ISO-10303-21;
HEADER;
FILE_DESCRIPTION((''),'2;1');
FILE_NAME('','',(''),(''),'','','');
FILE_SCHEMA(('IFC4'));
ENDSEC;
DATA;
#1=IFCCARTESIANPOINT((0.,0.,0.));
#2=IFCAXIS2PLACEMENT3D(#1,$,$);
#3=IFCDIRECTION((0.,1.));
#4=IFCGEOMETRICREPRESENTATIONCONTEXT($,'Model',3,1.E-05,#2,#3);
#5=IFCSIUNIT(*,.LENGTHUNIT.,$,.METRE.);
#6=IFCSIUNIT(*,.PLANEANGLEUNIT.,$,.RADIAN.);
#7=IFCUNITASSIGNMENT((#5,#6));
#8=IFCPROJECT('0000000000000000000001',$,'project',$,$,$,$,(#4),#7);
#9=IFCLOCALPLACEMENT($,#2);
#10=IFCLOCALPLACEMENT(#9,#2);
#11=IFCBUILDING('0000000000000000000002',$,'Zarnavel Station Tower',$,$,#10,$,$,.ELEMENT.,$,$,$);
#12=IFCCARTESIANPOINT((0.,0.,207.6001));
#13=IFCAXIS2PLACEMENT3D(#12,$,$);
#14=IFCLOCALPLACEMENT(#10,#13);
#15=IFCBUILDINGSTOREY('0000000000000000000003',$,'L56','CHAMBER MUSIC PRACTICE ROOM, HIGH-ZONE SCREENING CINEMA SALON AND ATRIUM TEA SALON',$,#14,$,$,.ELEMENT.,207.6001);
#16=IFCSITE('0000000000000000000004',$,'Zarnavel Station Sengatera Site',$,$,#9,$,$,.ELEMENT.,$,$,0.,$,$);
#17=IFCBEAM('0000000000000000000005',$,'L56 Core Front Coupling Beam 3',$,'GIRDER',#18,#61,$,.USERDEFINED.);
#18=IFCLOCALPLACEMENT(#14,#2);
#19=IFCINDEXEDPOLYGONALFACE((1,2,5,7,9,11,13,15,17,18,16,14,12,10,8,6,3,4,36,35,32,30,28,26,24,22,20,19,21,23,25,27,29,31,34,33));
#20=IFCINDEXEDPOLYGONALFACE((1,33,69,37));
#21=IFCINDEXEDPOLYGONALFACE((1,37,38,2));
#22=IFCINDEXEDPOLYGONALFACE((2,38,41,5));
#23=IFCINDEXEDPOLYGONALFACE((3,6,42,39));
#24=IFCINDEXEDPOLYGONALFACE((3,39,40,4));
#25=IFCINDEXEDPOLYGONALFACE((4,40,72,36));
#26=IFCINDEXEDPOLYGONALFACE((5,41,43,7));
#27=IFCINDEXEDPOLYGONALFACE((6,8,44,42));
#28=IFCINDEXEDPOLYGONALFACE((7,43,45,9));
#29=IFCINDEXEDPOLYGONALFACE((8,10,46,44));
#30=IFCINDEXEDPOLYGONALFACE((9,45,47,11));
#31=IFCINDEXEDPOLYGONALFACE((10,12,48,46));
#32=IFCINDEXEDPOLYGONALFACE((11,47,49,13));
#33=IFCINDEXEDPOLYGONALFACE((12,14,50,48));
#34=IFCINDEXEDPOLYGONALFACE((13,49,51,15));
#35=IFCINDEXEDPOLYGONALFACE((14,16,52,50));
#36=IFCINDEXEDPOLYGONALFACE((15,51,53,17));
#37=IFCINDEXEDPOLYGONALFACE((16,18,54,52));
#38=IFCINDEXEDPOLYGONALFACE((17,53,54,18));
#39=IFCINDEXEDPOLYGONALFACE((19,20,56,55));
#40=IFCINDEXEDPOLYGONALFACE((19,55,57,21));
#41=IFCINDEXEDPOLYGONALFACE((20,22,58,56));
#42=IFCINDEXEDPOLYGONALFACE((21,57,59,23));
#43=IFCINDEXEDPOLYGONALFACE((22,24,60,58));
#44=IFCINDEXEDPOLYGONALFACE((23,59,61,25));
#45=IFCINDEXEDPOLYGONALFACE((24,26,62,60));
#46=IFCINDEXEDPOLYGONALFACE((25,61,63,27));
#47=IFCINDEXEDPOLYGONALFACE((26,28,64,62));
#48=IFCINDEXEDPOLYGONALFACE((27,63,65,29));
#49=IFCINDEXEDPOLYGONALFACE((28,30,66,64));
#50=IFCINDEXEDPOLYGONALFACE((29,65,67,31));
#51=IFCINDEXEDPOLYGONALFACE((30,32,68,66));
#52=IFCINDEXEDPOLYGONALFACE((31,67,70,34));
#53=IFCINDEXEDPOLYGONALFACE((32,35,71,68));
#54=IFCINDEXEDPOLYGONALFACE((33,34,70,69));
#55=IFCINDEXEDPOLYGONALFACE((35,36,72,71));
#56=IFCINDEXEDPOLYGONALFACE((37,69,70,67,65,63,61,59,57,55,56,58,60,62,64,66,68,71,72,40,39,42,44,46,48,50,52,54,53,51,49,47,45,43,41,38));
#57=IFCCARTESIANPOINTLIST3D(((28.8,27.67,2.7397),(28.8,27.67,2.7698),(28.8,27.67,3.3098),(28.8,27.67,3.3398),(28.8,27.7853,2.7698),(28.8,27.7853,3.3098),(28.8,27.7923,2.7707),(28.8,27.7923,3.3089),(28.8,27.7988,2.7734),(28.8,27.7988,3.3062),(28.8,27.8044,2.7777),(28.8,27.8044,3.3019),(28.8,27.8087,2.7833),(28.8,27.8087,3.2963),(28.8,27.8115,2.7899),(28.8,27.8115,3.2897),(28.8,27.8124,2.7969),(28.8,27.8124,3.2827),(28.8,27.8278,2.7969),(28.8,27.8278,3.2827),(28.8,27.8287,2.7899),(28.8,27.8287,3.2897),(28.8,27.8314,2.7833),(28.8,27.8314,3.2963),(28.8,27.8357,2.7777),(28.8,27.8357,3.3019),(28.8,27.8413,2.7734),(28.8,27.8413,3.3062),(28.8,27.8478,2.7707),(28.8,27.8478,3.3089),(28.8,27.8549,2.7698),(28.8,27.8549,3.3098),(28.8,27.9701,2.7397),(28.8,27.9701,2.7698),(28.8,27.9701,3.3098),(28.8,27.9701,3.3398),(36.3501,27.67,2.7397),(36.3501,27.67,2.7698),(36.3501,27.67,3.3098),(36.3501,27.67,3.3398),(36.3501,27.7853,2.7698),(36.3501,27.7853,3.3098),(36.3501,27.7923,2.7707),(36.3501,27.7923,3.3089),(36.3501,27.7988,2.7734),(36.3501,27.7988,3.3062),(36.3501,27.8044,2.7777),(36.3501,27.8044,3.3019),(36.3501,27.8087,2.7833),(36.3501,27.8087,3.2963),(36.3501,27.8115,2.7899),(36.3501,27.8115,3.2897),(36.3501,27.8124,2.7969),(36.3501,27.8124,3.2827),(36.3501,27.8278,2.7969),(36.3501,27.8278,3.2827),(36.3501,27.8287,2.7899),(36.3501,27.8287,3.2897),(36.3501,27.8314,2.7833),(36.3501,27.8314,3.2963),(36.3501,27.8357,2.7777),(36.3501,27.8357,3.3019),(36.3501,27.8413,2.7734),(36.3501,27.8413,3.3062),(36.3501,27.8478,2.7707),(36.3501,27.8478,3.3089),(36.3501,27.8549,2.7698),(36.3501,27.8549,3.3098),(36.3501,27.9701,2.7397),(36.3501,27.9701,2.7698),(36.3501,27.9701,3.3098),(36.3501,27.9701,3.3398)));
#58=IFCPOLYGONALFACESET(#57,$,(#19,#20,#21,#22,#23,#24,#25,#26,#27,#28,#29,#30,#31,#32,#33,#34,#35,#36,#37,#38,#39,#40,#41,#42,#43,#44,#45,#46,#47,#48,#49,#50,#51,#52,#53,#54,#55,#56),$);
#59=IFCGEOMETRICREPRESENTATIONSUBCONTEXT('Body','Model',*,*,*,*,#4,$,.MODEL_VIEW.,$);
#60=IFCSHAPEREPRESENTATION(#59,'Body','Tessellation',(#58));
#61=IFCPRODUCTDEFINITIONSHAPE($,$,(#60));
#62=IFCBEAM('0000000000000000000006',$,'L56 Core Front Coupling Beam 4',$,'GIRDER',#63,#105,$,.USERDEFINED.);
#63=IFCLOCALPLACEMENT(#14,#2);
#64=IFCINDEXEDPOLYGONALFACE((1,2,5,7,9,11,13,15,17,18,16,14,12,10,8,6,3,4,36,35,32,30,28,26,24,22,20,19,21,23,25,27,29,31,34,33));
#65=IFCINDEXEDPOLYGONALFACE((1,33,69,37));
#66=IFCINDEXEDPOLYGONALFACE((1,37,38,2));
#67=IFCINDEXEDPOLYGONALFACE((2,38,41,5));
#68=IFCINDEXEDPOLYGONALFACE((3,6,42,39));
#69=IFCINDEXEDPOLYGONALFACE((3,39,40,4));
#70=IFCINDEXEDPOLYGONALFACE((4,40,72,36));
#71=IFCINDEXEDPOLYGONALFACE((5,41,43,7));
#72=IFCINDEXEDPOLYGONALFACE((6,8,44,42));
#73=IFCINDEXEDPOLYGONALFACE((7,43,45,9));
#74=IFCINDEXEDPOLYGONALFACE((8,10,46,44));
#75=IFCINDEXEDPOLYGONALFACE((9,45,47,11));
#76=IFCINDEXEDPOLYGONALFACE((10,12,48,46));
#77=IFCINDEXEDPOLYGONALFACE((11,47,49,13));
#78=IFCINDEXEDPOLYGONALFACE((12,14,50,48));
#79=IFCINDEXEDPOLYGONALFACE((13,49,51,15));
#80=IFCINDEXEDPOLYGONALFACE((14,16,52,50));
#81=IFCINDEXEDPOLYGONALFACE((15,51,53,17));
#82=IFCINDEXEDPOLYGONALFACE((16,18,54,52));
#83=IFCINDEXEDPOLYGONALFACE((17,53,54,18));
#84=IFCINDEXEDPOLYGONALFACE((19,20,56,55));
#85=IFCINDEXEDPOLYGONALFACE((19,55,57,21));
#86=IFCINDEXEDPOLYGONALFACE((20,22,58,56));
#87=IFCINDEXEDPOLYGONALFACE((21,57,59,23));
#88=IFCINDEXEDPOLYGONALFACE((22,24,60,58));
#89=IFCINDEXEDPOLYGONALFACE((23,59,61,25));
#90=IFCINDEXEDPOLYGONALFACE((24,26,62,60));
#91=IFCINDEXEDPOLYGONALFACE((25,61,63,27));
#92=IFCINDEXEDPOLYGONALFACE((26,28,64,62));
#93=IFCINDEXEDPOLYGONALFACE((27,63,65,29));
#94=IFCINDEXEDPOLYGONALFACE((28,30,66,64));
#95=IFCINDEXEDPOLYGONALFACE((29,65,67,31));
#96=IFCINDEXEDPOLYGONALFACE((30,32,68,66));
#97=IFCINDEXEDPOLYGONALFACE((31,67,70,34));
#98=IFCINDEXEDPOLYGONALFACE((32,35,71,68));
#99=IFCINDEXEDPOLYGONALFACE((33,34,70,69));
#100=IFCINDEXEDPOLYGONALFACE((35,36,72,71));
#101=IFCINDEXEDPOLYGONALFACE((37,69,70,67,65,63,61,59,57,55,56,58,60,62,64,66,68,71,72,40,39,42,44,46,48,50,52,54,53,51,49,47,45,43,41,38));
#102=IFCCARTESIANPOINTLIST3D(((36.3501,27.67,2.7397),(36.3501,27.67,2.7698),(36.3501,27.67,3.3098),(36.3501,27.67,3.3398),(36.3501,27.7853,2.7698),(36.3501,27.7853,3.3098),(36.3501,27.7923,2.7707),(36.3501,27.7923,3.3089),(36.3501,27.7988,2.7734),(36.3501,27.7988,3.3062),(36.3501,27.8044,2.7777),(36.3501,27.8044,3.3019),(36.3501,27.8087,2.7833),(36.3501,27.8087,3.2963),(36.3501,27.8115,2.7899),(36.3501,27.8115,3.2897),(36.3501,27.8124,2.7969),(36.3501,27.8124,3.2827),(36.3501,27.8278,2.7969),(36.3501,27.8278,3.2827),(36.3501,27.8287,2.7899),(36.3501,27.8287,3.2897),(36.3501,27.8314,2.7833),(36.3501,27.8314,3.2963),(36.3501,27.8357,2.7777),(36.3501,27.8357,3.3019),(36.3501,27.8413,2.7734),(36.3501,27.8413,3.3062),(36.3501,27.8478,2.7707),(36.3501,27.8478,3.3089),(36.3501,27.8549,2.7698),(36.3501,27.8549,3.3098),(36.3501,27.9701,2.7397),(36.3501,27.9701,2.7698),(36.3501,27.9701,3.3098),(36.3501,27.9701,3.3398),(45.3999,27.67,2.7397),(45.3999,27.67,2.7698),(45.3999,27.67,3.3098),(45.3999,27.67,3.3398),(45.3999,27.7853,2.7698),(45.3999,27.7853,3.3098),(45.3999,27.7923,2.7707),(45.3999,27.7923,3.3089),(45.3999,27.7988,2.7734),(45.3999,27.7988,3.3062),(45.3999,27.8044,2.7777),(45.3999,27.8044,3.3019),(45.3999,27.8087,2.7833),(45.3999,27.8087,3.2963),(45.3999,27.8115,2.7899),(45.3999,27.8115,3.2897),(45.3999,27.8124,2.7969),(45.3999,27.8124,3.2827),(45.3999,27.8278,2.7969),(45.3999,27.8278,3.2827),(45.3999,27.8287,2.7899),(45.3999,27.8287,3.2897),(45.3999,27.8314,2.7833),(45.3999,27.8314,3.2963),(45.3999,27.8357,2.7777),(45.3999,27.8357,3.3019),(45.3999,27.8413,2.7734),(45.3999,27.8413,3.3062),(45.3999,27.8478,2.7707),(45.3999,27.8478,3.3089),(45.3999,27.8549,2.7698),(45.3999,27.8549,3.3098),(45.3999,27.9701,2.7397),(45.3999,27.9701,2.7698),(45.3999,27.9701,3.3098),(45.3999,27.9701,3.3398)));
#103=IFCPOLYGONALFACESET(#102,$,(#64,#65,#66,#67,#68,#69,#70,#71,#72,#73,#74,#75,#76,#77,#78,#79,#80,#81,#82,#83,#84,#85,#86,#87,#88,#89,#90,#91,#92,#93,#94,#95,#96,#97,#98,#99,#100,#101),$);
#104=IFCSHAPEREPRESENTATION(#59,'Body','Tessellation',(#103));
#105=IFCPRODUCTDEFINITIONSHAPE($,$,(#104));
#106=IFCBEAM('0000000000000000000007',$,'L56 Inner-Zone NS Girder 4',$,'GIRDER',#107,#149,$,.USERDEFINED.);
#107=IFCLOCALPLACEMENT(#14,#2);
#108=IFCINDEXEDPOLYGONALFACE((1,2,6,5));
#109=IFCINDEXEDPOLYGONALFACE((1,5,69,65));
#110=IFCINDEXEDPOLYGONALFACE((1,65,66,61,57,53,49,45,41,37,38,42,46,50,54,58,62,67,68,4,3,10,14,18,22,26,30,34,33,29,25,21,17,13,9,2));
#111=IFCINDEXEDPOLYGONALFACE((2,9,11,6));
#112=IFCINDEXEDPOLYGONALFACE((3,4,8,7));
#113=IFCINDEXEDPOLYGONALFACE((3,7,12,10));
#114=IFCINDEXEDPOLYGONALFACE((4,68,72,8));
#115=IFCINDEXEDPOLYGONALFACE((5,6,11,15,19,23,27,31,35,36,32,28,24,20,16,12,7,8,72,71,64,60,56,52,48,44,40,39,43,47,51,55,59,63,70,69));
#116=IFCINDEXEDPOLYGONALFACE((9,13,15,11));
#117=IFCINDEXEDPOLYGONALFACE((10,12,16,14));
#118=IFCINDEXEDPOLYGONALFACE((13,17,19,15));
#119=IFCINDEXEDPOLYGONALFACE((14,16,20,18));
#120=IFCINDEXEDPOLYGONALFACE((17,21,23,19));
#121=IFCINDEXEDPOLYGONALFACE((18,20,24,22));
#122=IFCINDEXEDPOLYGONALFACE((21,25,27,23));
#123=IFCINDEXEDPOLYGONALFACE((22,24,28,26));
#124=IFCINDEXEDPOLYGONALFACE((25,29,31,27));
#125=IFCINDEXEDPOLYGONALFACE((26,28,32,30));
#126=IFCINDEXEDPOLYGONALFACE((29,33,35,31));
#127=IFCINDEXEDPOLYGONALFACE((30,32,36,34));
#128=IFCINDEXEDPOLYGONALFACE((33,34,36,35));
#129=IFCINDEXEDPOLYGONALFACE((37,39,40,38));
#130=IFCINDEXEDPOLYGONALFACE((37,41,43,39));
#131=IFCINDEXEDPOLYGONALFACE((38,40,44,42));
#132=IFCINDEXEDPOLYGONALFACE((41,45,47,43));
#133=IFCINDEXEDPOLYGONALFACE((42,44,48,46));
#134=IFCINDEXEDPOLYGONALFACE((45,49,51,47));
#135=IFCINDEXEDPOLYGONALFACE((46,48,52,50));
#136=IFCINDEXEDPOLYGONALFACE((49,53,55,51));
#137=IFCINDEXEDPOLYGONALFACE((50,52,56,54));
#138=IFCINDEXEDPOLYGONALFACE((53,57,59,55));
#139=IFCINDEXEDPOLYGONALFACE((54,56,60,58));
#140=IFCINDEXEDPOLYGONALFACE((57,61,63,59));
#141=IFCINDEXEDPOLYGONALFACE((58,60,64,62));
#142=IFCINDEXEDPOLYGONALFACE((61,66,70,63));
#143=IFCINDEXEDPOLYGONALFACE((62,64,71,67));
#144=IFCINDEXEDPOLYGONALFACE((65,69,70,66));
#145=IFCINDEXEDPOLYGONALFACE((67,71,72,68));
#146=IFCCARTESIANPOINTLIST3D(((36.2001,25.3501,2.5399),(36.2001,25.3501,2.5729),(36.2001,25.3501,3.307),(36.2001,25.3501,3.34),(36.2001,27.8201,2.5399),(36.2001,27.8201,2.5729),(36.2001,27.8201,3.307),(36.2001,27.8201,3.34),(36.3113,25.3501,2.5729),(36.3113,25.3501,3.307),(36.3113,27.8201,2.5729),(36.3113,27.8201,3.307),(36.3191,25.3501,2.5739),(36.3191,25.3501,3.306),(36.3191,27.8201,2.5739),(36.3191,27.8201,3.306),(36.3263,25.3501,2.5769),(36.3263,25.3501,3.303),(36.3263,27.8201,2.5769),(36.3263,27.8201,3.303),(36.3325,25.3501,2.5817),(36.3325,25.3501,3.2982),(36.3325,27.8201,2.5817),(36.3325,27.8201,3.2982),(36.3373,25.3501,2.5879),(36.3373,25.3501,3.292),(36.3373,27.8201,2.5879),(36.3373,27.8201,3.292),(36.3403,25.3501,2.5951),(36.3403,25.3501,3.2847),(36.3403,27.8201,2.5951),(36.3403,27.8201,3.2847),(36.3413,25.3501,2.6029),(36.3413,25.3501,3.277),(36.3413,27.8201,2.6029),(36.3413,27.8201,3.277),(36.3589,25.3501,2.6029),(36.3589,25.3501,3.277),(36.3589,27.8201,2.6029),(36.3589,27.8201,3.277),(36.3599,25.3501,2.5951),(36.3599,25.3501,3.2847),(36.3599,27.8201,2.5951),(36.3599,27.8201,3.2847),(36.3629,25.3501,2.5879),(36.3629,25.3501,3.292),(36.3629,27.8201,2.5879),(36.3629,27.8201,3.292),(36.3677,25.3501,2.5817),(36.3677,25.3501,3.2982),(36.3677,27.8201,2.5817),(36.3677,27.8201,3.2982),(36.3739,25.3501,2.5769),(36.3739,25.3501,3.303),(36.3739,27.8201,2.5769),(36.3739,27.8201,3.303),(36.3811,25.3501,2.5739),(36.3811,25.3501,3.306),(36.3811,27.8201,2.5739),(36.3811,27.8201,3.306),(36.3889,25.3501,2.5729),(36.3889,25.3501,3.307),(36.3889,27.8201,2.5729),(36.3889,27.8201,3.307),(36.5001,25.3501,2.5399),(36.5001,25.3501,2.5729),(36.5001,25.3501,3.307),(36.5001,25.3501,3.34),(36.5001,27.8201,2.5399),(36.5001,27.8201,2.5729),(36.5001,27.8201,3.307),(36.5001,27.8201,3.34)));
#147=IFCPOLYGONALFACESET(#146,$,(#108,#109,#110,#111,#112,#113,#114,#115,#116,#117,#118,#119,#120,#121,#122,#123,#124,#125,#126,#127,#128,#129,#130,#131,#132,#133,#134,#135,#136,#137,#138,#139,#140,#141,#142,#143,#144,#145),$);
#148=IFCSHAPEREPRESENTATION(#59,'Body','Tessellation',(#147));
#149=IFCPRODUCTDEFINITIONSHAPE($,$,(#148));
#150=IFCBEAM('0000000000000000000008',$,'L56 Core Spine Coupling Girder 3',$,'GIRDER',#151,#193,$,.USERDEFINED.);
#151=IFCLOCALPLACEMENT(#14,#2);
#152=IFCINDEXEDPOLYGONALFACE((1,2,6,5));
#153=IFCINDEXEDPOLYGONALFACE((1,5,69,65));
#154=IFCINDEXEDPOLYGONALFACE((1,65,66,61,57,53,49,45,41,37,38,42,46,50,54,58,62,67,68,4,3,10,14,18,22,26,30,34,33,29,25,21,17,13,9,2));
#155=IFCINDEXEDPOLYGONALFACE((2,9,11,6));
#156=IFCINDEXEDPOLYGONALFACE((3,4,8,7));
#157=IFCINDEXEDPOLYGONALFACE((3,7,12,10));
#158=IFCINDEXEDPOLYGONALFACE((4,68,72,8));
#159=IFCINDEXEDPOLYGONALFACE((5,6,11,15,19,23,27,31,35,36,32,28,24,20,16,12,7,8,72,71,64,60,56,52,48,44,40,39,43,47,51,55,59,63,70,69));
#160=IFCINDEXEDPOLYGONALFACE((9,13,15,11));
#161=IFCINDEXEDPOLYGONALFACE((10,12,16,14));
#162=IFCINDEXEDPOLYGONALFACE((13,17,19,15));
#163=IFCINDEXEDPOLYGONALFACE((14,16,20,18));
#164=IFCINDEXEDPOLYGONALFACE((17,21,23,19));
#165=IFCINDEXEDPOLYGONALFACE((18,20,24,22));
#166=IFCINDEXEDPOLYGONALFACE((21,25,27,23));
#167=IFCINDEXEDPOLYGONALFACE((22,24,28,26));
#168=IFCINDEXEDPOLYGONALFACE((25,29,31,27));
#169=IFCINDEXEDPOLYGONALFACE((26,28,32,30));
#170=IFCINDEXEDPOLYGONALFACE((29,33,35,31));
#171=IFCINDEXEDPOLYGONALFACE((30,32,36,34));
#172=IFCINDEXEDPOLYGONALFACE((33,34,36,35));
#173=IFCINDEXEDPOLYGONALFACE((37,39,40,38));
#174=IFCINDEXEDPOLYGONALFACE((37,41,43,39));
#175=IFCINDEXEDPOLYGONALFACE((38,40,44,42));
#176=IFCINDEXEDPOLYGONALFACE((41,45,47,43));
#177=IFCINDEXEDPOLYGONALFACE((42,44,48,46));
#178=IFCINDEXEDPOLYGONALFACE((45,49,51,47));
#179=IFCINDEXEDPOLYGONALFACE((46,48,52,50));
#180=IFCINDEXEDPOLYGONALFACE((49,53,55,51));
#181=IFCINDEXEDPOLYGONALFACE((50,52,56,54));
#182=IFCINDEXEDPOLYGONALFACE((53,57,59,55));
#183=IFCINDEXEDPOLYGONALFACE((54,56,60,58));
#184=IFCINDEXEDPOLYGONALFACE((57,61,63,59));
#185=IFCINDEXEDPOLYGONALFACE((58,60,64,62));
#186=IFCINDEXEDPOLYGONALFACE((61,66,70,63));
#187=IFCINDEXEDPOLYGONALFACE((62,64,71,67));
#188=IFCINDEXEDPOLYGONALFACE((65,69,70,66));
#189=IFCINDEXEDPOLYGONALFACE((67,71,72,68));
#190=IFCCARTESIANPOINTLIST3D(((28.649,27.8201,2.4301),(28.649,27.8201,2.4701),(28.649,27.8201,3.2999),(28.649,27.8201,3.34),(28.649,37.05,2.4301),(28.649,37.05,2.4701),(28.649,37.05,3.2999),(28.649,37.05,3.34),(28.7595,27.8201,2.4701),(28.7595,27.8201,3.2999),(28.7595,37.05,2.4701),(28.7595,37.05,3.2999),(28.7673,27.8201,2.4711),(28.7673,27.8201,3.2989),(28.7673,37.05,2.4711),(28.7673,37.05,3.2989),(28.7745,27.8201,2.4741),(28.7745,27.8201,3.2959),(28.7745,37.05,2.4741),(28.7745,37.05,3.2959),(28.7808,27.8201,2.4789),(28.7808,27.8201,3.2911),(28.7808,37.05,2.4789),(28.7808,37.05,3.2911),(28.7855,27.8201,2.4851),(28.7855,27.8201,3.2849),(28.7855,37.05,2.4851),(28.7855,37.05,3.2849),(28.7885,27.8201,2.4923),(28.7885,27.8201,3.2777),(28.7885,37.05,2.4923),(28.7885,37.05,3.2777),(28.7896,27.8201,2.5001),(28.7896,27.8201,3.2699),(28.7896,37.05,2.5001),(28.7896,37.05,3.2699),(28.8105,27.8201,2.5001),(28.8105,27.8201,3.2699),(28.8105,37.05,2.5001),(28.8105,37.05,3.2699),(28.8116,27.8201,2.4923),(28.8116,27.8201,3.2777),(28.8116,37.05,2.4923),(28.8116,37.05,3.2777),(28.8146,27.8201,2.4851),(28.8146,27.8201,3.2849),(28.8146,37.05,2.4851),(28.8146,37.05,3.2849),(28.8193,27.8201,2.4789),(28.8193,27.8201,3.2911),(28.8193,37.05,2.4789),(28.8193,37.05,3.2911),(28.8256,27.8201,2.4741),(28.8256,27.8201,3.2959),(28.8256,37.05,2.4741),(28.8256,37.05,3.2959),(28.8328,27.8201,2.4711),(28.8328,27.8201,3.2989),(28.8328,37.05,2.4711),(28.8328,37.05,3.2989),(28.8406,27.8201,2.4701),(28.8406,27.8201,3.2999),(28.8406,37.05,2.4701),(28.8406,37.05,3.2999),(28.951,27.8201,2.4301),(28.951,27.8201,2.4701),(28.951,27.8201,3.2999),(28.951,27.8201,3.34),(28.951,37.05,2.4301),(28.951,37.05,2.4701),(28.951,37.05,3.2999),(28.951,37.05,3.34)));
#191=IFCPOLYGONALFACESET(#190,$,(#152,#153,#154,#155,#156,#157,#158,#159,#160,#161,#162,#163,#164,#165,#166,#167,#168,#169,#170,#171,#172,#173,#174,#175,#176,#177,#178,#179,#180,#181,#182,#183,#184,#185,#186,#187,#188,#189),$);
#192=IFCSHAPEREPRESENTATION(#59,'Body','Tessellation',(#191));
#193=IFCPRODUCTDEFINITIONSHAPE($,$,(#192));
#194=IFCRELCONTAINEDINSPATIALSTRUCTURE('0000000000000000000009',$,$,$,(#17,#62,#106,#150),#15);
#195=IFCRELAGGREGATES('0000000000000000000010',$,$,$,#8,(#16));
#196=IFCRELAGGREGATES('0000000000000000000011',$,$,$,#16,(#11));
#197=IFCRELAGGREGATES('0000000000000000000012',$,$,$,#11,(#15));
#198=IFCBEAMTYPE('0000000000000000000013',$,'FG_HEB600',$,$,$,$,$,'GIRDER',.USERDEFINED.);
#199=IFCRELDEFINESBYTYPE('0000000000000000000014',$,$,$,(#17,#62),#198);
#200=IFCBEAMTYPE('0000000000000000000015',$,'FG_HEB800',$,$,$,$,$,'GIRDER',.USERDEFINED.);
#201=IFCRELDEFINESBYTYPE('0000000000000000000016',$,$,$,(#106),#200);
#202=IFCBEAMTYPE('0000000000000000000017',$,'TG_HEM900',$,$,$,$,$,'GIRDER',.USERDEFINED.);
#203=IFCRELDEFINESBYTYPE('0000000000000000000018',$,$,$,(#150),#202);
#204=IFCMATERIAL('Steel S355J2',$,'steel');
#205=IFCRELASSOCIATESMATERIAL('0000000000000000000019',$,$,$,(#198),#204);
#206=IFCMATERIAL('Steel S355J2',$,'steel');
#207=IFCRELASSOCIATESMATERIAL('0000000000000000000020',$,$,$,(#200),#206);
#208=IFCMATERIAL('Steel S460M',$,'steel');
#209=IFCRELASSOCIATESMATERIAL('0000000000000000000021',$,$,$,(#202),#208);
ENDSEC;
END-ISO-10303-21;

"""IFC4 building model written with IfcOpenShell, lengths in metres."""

from ifc_helpers import new_model, si_unit, direction, frame, origin, origin_2d, place, context, subcontext, project, spatial, i_section, extrude, material, material_profile, profile_set, type_object, element, save


model = new_model("IFC4")

# Units and contexts
model_context = context("Model", 3, precision=1e-05, world=origin(), true_north=direction((0.0, 1.0)))
body_context = subcontext(model_context, "Body", "Model", "MODEL_VIEW")
ifc_project = project(units=[si_unit("LENGTHUNIT", "METRE"), si_unit("PLANEANGLEUNIT", "RADIAN")], contexts=[model_context])

# Site, building, storey
site_placement = place(None, origin())
site = spatial("IfcSite", under=ifc_project, at=site_placement, Name="Zarnavel Station Sengatera Site", CompositionType="ELEMENT", RefElevation=0.0)
building_placement = place(site_placement, origin())
building = spatial("IfcBuilding", under=site, at=building_placement, Name="Zarnavel Station Tower", CompositionType="ELEMENT")
storey_placement = place(building_placement, frame((0.0, 0.0, 207.6001)))
storey = spatial("IfcBuildingStorey", under=building, at=storey_placement, Name="L56", Description="CHAMBER MUSIC PRACTICE ROOM, HIGH-ZONE SCREENING CINEMA SALON AND ATRIUM TEA SALON", CompositionType="ELEMENT", Elevation=207.6001)

# Beams
ifc_material_1 = material(Name="Steel S355J2", Category="steel")
ifc_material_profile_1 = material_profile(ifc_material_1, i_section(OverallWidth=0.3, OverallDepth=0.6001, WebThickness=0.0154, FlangeThickness=0.03, FilletRadius=0.0271, at=origin_2d()), Name="HEB600")
ifc_profile_set_1 = profile_set([ifc_material_profile_1], Name="Steel S355J2")
beam_type_1 = type_object("IfcBeamType", Name="FG_HEB600", ElementType="GIRDER", PredefinedType="USERDEFINED", material=ifc_profile_set_1)
beam_1_placement = place(storey_placement, frame((28.8, 27.8201, 3.0398), z_axis=(1.0, 0.0, 0.0), x_axis=(0.0, 1.0, 0.0)))
element("IfcBeam", 1, at=beam_1_placement, inside=storey, type_object=beam_type_1, Name="L56 Core Front Coupling Beam 3", ObjectType="GIRDER", PredefinedType="USERDEFINED", context=body_context, shape_type="SweptSolid", body=[
    extrude(i_section(OverallWidth=0.3, OverallDepth=0.6001, WebThickness=0.0154, FlangeThickness=0.03, FilletRadius=0.0271, at=origin_2d()), origin(), (0.0, 0.0, 1.0), 7.55),
])
beam_2_placement = place(storey_placement, frame((36.3501, 27.8201, 3.0398), z_axis=(1.0, 0.0, 0.0), x_axis=(0.0, 1.0, 0.0)))
element("IfcBeam", 2, at=beam_2_placement, inside=storey, type_object=beam_type_1, Name="L56 Core Front Coupling Beam 4", ObjectType="GIRDER", PredefinedType="USERDEFINED", context=body_context, shape_type="SweptSolid", body=[
    extrude(i_section(OverallWidth=0.3, OverallDepth=0.6001, WebThickness=0.0154, FlangeThickness=0.03, FilletRadius=0.0271, at=origin_2d()), origin(), (0.0, 0.0, 1.0), 9.0498),
])
ifc_material_2 = material(Name="Steel S355J2", Category="steel")
ifc_material_profile_2 = material_profile(ifc_material_2, i_section(OverallWidth=0.3, OverallDepth=0.8, WebThickness=0.0176, FlangeThickness=0.033, FilletRadius=0.03, at=origin_2d()), Name="HEB800")
ifc_profile_set_2 = profile_set([ifc_material_profile_2], Name="Steel S355J2")
beam_type_2 = type_object("IfcBeamType", Name="FG_HEB800", ElementType="GIRDER", PredefinedType="USERDEFINED", material=ifc_profile_set_2)
beam_3_placement = place(storey_placement, frame((36.3501, 25.3501, 2.9399), z_axis=(0.0, 1.0, 0.0), x_axis=(-1.0, 0.0, 0.0)))
element("IfcBeam", 3, at=beam_3_placement, inside=storey, type_object=beam_type_2, Name="L56 Inner-Zone NS Girder 4", ObjectType="GIRDER", PredefinedType="USERDEFINED", context=body_context, shape_type="SweptSolid", body=[
    extrude(i_section(OverallWidth=0.3, OverallDepth=0.8, WebThickness=0.0176, FlangeThickness=0.033, FilletRadius=0.03, at=origin_2d()), origin(), (0.0, 0.0, 1.0), 2.47),
])
ifc_material_3 = material(Name="Steel S460M", Category="steel")
ifc_material_profile_3 = material_profile(ifc_material_3, i_section(OverallWidth=0.302, OverallDepth=0.9099, WebThickness=0.021, FlangeThickness=0.04, FilletRadius=0.03, at=origin_2d()), Name="HEM900")
ifc_profile_set_3 = profile_set([ifc_material_profile_3], Name="Steel S460M")
beam_type_3 = type_object("IfcBeamType", Name="TG_HEM900", ElementType="GIRDER", PredefinedType="USERDEFINED", material=ifc_profile_set_3)
for number, where, z_axis, x_axis, name in (
    (4, (28.8, 27.8201, 2.885), (0.0, 1.0, 0.0), (-1.0, 0.0, 0.0), "L56 Core Spine Coupling Girder 3"),
):
    element("IfcBeam", number, at=place(storey_placement, frame(where, z_axis=z_axis, x_axis=x_axis)), inside=storey, type_object=beam_type_3, Name=name, ObjectType="GIRDER", PredefinedType="USERDEFINED", context=body_context, shape_type="SweptSolid", body=[
        extrude(i_section(OverallWidth=0.302, OverallDepth=0.9099, WebThickness=0.021, FlangeThickness=0.04, FilletRadius=0.03, at=origin_2d()), origin(), (0.0, 0.0, 1.0), 9.23),
    ])

save(model, "model.ifc")
